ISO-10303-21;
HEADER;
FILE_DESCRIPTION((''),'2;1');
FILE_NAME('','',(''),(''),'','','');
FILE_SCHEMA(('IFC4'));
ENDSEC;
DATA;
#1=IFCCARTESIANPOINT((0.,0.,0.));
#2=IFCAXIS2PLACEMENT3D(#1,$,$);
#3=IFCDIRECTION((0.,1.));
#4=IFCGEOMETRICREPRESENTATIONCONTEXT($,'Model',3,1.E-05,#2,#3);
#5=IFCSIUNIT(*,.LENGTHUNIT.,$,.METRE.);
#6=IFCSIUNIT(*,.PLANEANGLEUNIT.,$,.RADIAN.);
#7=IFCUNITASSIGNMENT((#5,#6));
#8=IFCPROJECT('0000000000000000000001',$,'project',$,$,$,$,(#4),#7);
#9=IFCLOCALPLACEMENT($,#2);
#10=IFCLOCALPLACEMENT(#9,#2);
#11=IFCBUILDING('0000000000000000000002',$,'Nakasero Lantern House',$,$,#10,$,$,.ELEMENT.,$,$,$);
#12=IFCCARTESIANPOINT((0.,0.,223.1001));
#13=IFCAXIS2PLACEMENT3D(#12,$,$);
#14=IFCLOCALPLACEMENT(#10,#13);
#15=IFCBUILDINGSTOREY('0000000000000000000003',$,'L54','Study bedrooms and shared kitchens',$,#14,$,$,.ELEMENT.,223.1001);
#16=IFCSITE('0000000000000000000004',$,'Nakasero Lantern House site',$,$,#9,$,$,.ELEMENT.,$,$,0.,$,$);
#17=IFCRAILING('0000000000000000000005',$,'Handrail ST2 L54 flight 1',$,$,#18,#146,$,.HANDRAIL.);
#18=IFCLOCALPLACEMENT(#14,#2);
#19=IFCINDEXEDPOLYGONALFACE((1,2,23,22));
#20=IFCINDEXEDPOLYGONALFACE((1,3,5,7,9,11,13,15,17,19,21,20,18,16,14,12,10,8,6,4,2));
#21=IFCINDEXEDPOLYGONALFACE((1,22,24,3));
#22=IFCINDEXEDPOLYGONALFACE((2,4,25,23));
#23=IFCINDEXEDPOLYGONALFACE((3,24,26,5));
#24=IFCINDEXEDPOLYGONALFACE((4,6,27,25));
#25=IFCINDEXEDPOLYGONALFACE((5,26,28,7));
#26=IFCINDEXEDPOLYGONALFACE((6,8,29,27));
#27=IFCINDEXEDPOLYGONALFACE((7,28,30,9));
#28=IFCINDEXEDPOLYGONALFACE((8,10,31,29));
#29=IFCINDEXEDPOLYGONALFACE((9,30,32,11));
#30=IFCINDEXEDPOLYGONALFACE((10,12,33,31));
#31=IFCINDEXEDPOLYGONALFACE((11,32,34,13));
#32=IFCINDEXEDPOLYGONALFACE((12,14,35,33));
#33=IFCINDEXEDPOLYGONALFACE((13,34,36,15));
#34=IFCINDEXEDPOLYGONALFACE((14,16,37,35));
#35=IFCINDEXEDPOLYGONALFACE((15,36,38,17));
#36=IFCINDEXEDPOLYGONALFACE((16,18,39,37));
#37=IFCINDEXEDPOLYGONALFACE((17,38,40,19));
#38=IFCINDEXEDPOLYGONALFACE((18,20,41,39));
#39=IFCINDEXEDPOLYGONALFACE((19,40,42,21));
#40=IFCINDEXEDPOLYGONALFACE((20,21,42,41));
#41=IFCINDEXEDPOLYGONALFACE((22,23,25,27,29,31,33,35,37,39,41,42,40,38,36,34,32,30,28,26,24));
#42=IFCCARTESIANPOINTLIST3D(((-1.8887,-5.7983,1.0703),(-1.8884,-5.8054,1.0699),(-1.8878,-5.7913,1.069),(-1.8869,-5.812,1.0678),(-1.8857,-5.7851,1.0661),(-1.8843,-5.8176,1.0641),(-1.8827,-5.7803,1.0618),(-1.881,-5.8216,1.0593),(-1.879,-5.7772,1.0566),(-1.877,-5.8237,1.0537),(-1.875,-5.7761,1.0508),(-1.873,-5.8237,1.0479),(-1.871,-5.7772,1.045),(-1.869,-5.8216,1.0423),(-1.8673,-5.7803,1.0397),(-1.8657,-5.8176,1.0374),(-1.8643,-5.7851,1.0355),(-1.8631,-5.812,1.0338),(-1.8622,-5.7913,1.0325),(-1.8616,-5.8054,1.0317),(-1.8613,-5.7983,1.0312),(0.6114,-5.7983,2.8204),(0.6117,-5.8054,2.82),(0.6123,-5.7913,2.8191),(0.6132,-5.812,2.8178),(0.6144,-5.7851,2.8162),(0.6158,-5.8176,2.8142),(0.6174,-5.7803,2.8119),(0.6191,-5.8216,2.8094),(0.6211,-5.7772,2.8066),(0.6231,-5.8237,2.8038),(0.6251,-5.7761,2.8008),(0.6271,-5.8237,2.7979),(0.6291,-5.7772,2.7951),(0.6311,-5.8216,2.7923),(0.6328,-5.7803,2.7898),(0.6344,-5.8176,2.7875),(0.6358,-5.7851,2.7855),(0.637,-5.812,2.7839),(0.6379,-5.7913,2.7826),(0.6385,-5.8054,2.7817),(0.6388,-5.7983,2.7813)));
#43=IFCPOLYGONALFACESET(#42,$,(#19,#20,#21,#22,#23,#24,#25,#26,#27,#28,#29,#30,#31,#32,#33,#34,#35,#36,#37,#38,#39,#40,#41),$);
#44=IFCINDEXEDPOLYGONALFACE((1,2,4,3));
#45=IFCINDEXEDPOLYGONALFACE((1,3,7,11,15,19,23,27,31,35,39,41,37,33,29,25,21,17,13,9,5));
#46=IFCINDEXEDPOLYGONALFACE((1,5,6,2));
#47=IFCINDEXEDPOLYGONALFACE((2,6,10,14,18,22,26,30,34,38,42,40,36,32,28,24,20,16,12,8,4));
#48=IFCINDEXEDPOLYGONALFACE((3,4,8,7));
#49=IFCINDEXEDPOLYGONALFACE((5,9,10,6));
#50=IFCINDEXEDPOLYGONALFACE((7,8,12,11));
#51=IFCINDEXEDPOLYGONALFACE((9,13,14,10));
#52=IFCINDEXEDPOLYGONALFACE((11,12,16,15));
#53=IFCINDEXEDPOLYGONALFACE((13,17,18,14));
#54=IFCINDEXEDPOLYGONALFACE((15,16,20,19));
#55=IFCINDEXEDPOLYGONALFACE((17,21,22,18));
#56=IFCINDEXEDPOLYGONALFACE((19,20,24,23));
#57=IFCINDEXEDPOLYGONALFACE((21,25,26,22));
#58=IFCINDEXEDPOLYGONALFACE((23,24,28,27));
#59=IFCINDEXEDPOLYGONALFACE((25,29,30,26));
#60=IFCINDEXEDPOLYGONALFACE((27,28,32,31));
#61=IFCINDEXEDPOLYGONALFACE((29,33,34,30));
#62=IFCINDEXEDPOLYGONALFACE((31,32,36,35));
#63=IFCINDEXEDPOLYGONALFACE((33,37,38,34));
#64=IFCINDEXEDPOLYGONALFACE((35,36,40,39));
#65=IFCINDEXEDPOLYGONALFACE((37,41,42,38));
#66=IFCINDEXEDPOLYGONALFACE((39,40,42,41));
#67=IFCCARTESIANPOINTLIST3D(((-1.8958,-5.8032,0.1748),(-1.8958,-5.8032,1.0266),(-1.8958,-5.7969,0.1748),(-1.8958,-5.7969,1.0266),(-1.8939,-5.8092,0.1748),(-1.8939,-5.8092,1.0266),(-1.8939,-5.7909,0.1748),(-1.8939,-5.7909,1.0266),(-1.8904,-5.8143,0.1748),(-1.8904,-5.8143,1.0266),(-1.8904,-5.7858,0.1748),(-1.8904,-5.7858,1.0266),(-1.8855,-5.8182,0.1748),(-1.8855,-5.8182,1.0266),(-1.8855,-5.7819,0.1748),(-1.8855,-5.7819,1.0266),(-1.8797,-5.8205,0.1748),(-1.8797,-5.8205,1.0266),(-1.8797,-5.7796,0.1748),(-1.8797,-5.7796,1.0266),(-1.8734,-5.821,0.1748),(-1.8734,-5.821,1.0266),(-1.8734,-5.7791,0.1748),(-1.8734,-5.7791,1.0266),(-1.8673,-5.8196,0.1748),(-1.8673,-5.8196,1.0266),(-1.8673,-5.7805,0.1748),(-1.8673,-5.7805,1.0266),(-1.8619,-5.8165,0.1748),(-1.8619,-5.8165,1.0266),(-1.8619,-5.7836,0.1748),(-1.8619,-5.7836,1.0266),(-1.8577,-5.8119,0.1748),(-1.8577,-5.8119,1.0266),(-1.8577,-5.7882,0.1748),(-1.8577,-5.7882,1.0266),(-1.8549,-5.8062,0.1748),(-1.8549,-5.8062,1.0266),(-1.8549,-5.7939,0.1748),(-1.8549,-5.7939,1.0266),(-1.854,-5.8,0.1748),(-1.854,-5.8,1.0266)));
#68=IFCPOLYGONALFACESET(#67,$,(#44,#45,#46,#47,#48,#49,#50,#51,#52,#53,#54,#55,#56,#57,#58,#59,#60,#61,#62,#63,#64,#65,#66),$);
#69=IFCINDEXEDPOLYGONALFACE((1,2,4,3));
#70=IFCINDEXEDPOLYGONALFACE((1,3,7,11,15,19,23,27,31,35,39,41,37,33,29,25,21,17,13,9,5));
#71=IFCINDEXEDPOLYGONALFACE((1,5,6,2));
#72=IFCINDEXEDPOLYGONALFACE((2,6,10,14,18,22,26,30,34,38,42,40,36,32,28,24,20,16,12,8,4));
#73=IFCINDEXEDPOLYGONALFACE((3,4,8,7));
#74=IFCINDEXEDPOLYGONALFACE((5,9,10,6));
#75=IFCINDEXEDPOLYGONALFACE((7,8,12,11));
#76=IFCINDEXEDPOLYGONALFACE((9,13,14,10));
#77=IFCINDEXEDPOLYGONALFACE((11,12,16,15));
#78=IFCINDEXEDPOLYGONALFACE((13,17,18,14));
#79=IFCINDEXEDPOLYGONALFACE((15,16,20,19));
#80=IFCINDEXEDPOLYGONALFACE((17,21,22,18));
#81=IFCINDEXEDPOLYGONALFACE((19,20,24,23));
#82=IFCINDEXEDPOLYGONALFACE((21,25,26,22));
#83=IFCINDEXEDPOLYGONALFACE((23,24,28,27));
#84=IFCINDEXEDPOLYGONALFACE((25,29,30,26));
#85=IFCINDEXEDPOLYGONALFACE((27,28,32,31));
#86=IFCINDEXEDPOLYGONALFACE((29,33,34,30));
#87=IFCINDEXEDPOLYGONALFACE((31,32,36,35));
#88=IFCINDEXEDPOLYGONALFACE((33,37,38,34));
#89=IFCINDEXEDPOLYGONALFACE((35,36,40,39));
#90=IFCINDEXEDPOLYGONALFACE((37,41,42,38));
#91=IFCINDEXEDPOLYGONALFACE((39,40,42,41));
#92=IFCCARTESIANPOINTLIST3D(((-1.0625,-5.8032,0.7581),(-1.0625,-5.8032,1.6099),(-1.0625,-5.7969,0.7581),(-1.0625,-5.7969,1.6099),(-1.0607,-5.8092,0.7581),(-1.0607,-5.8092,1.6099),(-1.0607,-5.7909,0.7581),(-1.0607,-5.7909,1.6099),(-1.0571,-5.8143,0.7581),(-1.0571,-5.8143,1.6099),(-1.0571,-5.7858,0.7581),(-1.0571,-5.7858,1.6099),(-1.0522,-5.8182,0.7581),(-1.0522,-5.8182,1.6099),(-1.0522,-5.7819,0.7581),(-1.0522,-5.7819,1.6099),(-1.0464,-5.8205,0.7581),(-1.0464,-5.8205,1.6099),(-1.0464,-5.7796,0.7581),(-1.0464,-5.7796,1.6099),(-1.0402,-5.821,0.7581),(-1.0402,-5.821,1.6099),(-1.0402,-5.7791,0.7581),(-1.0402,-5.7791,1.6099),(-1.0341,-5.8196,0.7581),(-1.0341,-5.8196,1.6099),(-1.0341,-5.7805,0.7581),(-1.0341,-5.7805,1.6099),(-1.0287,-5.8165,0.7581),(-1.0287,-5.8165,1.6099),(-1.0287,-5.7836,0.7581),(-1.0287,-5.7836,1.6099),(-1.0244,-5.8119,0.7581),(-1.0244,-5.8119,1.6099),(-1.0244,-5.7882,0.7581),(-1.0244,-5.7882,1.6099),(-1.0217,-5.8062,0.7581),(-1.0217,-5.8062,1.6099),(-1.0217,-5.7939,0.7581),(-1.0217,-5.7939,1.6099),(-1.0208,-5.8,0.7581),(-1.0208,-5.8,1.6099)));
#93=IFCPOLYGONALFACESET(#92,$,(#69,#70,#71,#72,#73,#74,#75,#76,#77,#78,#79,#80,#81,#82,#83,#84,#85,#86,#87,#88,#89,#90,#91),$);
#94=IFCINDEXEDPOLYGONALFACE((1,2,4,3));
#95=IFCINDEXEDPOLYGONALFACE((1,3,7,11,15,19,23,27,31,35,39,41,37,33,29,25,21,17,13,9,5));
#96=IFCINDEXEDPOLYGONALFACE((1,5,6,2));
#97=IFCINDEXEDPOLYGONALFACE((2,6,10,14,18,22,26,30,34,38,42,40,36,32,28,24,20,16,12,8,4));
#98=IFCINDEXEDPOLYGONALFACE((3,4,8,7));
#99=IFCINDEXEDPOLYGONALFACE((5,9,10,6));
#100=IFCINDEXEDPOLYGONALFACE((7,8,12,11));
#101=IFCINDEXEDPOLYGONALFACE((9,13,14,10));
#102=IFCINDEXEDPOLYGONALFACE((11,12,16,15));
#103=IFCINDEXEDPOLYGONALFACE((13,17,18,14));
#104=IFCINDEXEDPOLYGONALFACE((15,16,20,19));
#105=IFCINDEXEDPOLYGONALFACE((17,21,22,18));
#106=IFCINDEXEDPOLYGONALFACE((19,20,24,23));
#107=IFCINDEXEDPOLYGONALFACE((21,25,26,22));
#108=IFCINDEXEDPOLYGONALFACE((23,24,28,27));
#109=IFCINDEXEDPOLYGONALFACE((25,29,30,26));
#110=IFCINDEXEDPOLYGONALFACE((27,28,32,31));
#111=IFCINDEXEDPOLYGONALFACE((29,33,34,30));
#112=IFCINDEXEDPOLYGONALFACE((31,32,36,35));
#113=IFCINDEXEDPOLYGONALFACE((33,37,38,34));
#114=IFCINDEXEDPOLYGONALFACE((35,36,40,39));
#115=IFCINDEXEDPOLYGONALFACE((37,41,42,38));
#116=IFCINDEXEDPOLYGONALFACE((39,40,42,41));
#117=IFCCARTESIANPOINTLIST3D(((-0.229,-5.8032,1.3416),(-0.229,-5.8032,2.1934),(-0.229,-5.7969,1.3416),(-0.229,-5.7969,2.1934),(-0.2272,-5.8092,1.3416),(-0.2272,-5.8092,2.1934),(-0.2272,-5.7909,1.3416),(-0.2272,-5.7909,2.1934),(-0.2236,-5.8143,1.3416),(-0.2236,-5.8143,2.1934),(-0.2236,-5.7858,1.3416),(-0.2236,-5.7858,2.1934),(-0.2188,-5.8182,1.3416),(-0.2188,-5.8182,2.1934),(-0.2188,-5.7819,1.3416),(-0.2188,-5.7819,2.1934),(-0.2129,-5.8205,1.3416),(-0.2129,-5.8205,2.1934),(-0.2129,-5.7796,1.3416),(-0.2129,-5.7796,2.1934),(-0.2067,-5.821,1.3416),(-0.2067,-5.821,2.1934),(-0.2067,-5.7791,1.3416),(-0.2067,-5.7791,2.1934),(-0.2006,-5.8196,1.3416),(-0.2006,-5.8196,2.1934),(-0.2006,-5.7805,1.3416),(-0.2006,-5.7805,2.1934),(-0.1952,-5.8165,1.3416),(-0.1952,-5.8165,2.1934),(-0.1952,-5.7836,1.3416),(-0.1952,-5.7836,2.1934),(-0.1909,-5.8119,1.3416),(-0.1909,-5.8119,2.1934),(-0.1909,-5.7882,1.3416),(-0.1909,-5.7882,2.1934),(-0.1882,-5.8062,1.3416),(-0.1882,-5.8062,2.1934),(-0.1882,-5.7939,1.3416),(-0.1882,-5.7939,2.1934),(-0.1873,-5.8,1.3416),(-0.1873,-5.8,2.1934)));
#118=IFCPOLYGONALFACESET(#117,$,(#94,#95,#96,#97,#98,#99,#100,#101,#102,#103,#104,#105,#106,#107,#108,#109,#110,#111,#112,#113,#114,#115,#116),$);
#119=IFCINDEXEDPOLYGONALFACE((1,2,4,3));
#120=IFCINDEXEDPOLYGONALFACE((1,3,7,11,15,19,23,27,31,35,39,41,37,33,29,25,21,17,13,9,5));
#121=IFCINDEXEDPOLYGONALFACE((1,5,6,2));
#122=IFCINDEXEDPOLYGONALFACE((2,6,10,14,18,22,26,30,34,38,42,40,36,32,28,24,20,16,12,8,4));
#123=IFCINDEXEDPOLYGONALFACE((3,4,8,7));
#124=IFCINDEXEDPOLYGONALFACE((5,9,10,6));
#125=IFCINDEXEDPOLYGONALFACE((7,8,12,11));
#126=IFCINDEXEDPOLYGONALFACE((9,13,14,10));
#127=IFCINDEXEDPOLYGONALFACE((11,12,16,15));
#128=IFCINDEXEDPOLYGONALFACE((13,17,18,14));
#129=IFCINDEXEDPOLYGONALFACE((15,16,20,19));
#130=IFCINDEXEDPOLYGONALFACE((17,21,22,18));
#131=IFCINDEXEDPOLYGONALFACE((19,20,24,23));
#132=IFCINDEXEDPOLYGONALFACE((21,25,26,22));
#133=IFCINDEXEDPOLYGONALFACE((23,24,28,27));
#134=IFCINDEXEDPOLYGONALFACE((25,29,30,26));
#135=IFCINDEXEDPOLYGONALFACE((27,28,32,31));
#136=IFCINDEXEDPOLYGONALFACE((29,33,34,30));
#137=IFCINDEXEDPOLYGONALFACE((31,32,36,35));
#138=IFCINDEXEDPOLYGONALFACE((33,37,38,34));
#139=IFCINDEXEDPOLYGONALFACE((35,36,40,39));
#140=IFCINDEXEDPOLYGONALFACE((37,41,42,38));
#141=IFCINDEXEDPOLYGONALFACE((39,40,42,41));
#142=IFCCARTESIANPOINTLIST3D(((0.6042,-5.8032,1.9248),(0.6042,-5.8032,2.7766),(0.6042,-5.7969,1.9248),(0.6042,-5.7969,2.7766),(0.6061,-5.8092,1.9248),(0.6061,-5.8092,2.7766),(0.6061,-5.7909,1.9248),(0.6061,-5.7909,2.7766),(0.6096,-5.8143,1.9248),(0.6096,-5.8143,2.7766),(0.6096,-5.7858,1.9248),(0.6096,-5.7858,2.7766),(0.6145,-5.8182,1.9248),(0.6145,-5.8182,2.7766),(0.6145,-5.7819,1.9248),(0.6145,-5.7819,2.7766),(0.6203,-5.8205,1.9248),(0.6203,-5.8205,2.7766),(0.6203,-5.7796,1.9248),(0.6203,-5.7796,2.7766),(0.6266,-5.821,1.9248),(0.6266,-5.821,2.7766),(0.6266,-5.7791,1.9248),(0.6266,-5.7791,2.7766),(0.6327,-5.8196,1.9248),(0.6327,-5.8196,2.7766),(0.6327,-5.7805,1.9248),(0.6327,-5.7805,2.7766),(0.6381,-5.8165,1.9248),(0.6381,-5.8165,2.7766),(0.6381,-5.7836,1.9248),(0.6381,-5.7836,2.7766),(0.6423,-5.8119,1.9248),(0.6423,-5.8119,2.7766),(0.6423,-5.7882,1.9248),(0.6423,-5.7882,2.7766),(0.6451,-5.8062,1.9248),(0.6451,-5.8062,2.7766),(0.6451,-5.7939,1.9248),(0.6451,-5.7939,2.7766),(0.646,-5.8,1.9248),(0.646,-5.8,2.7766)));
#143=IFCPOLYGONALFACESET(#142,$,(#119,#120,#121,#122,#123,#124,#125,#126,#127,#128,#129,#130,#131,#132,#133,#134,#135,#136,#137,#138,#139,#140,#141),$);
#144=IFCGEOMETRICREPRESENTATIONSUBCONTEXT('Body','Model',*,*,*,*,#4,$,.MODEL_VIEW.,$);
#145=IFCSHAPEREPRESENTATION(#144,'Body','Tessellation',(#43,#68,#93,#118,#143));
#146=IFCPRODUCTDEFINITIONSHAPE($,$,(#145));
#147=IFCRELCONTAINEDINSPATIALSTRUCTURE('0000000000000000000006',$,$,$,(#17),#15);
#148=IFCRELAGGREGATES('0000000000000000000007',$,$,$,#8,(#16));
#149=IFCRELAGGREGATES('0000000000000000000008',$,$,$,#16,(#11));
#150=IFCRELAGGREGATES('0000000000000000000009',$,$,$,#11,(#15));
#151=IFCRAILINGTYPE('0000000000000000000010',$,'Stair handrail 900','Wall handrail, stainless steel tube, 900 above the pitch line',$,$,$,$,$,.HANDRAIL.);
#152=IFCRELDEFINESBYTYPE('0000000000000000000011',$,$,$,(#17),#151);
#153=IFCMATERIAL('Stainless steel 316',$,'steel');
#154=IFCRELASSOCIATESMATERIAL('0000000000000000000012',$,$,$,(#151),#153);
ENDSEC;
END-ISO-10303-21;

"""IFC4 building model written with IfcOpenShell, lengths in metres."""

from ifc_helpers import new_model, si_unit, direction, frame, origin, origin_2d, place, context, subcontext, project, spatial, circle, extrude, material, type_object, element, save


model = new_model("IFC4")

# Units and contexts
model_context = context("Model", 3, precision=1e-05, world=origin(), true_north=direction((0.0, 1.0)))
body_context = subcontext(model_context, "Body", "Model", "MODEL_VIEW")
ifc_project = project(units=[si_unit("LENGTHUNIT", "METRE"), si_unit("PLANEANGLEUNIT", "RADIAN")], contexts=[model_context])

# Site, building, storey
site_placement = place(None, origin())
site = spatial("IfcSite", under=ifc_project, at=site_placement, Name="Nakasero Lantern House site", CompositionType="ELEMENT", RefElevation=0.0)
building_placement = place(site_placement, origin())
building = spatial("IfcBuilding", under=site, at=building_placement, Name="Nakasero Lantern House", CompositionType="ELEMENT")
storey_placement = place(building_placement, frame((0.0, 0.0, 223.1001)))
storey = spatial("IfcBuildingStorey", under=building, at=storey_placement, Name="L54", Description="Study bedrooms and shared kitchens", CompositionType="ELEMENT", Elevation=223.1001)

# Railing
ifc_material_1 = material(Name="Stainless steel 316", Category="steel")
railing_type = type_object("IfcRailingType", Name="Stair handrail 900", Description="Wall handrail, stainless steel tube, 900 above the pitch line", PredefinedType="HANDRAIL", material=ifc_material_1)
railing_placement = place(storey_placement, frame((-1.875, -5.8, 0.1748)))
element("IfcRailing", 1, at=railing_placement, inside=storey, type_object=railing_type, Name="Handrail ST2 L54 flight 1", PredefinedType="HANDRAIL", context=body_context, shape_type="SweptSolid", body=[
    extrude(circle(Radius=0.0239, at=origin_2d()), frame((0.0, 0.0, 0.876), z_axis=(0.819232, 0.0, 0.573462), x_axis=(0.0, 1.0, 0.0)), (0.0, 0.0, 1.0), 3.0518),
    extrude(circle(Radius=0.021, at=origin_2d()), origin(), (0.0, 0.0, 1.0), 0.8518),
    extrude(circle(Radius=0.021, at=origin_2d()), frame((0.8333, 0.0, 0.5833)), (0.0, 0.0, 1.0), 0.8518),
    extrude(circle(Radius=0.021, at=origin_2d()), frame((1.6667, 0.0, 1.1667)), (0.0, 0.0, 1.0), 0.8518),
    extrude(circle(Radius=0.021, at=origin_2d()), frame((2.5, 0.0, 1.75)), (0.0, 0.0, 1.0), 0.8518),
])

save(model, "model.ifc")
